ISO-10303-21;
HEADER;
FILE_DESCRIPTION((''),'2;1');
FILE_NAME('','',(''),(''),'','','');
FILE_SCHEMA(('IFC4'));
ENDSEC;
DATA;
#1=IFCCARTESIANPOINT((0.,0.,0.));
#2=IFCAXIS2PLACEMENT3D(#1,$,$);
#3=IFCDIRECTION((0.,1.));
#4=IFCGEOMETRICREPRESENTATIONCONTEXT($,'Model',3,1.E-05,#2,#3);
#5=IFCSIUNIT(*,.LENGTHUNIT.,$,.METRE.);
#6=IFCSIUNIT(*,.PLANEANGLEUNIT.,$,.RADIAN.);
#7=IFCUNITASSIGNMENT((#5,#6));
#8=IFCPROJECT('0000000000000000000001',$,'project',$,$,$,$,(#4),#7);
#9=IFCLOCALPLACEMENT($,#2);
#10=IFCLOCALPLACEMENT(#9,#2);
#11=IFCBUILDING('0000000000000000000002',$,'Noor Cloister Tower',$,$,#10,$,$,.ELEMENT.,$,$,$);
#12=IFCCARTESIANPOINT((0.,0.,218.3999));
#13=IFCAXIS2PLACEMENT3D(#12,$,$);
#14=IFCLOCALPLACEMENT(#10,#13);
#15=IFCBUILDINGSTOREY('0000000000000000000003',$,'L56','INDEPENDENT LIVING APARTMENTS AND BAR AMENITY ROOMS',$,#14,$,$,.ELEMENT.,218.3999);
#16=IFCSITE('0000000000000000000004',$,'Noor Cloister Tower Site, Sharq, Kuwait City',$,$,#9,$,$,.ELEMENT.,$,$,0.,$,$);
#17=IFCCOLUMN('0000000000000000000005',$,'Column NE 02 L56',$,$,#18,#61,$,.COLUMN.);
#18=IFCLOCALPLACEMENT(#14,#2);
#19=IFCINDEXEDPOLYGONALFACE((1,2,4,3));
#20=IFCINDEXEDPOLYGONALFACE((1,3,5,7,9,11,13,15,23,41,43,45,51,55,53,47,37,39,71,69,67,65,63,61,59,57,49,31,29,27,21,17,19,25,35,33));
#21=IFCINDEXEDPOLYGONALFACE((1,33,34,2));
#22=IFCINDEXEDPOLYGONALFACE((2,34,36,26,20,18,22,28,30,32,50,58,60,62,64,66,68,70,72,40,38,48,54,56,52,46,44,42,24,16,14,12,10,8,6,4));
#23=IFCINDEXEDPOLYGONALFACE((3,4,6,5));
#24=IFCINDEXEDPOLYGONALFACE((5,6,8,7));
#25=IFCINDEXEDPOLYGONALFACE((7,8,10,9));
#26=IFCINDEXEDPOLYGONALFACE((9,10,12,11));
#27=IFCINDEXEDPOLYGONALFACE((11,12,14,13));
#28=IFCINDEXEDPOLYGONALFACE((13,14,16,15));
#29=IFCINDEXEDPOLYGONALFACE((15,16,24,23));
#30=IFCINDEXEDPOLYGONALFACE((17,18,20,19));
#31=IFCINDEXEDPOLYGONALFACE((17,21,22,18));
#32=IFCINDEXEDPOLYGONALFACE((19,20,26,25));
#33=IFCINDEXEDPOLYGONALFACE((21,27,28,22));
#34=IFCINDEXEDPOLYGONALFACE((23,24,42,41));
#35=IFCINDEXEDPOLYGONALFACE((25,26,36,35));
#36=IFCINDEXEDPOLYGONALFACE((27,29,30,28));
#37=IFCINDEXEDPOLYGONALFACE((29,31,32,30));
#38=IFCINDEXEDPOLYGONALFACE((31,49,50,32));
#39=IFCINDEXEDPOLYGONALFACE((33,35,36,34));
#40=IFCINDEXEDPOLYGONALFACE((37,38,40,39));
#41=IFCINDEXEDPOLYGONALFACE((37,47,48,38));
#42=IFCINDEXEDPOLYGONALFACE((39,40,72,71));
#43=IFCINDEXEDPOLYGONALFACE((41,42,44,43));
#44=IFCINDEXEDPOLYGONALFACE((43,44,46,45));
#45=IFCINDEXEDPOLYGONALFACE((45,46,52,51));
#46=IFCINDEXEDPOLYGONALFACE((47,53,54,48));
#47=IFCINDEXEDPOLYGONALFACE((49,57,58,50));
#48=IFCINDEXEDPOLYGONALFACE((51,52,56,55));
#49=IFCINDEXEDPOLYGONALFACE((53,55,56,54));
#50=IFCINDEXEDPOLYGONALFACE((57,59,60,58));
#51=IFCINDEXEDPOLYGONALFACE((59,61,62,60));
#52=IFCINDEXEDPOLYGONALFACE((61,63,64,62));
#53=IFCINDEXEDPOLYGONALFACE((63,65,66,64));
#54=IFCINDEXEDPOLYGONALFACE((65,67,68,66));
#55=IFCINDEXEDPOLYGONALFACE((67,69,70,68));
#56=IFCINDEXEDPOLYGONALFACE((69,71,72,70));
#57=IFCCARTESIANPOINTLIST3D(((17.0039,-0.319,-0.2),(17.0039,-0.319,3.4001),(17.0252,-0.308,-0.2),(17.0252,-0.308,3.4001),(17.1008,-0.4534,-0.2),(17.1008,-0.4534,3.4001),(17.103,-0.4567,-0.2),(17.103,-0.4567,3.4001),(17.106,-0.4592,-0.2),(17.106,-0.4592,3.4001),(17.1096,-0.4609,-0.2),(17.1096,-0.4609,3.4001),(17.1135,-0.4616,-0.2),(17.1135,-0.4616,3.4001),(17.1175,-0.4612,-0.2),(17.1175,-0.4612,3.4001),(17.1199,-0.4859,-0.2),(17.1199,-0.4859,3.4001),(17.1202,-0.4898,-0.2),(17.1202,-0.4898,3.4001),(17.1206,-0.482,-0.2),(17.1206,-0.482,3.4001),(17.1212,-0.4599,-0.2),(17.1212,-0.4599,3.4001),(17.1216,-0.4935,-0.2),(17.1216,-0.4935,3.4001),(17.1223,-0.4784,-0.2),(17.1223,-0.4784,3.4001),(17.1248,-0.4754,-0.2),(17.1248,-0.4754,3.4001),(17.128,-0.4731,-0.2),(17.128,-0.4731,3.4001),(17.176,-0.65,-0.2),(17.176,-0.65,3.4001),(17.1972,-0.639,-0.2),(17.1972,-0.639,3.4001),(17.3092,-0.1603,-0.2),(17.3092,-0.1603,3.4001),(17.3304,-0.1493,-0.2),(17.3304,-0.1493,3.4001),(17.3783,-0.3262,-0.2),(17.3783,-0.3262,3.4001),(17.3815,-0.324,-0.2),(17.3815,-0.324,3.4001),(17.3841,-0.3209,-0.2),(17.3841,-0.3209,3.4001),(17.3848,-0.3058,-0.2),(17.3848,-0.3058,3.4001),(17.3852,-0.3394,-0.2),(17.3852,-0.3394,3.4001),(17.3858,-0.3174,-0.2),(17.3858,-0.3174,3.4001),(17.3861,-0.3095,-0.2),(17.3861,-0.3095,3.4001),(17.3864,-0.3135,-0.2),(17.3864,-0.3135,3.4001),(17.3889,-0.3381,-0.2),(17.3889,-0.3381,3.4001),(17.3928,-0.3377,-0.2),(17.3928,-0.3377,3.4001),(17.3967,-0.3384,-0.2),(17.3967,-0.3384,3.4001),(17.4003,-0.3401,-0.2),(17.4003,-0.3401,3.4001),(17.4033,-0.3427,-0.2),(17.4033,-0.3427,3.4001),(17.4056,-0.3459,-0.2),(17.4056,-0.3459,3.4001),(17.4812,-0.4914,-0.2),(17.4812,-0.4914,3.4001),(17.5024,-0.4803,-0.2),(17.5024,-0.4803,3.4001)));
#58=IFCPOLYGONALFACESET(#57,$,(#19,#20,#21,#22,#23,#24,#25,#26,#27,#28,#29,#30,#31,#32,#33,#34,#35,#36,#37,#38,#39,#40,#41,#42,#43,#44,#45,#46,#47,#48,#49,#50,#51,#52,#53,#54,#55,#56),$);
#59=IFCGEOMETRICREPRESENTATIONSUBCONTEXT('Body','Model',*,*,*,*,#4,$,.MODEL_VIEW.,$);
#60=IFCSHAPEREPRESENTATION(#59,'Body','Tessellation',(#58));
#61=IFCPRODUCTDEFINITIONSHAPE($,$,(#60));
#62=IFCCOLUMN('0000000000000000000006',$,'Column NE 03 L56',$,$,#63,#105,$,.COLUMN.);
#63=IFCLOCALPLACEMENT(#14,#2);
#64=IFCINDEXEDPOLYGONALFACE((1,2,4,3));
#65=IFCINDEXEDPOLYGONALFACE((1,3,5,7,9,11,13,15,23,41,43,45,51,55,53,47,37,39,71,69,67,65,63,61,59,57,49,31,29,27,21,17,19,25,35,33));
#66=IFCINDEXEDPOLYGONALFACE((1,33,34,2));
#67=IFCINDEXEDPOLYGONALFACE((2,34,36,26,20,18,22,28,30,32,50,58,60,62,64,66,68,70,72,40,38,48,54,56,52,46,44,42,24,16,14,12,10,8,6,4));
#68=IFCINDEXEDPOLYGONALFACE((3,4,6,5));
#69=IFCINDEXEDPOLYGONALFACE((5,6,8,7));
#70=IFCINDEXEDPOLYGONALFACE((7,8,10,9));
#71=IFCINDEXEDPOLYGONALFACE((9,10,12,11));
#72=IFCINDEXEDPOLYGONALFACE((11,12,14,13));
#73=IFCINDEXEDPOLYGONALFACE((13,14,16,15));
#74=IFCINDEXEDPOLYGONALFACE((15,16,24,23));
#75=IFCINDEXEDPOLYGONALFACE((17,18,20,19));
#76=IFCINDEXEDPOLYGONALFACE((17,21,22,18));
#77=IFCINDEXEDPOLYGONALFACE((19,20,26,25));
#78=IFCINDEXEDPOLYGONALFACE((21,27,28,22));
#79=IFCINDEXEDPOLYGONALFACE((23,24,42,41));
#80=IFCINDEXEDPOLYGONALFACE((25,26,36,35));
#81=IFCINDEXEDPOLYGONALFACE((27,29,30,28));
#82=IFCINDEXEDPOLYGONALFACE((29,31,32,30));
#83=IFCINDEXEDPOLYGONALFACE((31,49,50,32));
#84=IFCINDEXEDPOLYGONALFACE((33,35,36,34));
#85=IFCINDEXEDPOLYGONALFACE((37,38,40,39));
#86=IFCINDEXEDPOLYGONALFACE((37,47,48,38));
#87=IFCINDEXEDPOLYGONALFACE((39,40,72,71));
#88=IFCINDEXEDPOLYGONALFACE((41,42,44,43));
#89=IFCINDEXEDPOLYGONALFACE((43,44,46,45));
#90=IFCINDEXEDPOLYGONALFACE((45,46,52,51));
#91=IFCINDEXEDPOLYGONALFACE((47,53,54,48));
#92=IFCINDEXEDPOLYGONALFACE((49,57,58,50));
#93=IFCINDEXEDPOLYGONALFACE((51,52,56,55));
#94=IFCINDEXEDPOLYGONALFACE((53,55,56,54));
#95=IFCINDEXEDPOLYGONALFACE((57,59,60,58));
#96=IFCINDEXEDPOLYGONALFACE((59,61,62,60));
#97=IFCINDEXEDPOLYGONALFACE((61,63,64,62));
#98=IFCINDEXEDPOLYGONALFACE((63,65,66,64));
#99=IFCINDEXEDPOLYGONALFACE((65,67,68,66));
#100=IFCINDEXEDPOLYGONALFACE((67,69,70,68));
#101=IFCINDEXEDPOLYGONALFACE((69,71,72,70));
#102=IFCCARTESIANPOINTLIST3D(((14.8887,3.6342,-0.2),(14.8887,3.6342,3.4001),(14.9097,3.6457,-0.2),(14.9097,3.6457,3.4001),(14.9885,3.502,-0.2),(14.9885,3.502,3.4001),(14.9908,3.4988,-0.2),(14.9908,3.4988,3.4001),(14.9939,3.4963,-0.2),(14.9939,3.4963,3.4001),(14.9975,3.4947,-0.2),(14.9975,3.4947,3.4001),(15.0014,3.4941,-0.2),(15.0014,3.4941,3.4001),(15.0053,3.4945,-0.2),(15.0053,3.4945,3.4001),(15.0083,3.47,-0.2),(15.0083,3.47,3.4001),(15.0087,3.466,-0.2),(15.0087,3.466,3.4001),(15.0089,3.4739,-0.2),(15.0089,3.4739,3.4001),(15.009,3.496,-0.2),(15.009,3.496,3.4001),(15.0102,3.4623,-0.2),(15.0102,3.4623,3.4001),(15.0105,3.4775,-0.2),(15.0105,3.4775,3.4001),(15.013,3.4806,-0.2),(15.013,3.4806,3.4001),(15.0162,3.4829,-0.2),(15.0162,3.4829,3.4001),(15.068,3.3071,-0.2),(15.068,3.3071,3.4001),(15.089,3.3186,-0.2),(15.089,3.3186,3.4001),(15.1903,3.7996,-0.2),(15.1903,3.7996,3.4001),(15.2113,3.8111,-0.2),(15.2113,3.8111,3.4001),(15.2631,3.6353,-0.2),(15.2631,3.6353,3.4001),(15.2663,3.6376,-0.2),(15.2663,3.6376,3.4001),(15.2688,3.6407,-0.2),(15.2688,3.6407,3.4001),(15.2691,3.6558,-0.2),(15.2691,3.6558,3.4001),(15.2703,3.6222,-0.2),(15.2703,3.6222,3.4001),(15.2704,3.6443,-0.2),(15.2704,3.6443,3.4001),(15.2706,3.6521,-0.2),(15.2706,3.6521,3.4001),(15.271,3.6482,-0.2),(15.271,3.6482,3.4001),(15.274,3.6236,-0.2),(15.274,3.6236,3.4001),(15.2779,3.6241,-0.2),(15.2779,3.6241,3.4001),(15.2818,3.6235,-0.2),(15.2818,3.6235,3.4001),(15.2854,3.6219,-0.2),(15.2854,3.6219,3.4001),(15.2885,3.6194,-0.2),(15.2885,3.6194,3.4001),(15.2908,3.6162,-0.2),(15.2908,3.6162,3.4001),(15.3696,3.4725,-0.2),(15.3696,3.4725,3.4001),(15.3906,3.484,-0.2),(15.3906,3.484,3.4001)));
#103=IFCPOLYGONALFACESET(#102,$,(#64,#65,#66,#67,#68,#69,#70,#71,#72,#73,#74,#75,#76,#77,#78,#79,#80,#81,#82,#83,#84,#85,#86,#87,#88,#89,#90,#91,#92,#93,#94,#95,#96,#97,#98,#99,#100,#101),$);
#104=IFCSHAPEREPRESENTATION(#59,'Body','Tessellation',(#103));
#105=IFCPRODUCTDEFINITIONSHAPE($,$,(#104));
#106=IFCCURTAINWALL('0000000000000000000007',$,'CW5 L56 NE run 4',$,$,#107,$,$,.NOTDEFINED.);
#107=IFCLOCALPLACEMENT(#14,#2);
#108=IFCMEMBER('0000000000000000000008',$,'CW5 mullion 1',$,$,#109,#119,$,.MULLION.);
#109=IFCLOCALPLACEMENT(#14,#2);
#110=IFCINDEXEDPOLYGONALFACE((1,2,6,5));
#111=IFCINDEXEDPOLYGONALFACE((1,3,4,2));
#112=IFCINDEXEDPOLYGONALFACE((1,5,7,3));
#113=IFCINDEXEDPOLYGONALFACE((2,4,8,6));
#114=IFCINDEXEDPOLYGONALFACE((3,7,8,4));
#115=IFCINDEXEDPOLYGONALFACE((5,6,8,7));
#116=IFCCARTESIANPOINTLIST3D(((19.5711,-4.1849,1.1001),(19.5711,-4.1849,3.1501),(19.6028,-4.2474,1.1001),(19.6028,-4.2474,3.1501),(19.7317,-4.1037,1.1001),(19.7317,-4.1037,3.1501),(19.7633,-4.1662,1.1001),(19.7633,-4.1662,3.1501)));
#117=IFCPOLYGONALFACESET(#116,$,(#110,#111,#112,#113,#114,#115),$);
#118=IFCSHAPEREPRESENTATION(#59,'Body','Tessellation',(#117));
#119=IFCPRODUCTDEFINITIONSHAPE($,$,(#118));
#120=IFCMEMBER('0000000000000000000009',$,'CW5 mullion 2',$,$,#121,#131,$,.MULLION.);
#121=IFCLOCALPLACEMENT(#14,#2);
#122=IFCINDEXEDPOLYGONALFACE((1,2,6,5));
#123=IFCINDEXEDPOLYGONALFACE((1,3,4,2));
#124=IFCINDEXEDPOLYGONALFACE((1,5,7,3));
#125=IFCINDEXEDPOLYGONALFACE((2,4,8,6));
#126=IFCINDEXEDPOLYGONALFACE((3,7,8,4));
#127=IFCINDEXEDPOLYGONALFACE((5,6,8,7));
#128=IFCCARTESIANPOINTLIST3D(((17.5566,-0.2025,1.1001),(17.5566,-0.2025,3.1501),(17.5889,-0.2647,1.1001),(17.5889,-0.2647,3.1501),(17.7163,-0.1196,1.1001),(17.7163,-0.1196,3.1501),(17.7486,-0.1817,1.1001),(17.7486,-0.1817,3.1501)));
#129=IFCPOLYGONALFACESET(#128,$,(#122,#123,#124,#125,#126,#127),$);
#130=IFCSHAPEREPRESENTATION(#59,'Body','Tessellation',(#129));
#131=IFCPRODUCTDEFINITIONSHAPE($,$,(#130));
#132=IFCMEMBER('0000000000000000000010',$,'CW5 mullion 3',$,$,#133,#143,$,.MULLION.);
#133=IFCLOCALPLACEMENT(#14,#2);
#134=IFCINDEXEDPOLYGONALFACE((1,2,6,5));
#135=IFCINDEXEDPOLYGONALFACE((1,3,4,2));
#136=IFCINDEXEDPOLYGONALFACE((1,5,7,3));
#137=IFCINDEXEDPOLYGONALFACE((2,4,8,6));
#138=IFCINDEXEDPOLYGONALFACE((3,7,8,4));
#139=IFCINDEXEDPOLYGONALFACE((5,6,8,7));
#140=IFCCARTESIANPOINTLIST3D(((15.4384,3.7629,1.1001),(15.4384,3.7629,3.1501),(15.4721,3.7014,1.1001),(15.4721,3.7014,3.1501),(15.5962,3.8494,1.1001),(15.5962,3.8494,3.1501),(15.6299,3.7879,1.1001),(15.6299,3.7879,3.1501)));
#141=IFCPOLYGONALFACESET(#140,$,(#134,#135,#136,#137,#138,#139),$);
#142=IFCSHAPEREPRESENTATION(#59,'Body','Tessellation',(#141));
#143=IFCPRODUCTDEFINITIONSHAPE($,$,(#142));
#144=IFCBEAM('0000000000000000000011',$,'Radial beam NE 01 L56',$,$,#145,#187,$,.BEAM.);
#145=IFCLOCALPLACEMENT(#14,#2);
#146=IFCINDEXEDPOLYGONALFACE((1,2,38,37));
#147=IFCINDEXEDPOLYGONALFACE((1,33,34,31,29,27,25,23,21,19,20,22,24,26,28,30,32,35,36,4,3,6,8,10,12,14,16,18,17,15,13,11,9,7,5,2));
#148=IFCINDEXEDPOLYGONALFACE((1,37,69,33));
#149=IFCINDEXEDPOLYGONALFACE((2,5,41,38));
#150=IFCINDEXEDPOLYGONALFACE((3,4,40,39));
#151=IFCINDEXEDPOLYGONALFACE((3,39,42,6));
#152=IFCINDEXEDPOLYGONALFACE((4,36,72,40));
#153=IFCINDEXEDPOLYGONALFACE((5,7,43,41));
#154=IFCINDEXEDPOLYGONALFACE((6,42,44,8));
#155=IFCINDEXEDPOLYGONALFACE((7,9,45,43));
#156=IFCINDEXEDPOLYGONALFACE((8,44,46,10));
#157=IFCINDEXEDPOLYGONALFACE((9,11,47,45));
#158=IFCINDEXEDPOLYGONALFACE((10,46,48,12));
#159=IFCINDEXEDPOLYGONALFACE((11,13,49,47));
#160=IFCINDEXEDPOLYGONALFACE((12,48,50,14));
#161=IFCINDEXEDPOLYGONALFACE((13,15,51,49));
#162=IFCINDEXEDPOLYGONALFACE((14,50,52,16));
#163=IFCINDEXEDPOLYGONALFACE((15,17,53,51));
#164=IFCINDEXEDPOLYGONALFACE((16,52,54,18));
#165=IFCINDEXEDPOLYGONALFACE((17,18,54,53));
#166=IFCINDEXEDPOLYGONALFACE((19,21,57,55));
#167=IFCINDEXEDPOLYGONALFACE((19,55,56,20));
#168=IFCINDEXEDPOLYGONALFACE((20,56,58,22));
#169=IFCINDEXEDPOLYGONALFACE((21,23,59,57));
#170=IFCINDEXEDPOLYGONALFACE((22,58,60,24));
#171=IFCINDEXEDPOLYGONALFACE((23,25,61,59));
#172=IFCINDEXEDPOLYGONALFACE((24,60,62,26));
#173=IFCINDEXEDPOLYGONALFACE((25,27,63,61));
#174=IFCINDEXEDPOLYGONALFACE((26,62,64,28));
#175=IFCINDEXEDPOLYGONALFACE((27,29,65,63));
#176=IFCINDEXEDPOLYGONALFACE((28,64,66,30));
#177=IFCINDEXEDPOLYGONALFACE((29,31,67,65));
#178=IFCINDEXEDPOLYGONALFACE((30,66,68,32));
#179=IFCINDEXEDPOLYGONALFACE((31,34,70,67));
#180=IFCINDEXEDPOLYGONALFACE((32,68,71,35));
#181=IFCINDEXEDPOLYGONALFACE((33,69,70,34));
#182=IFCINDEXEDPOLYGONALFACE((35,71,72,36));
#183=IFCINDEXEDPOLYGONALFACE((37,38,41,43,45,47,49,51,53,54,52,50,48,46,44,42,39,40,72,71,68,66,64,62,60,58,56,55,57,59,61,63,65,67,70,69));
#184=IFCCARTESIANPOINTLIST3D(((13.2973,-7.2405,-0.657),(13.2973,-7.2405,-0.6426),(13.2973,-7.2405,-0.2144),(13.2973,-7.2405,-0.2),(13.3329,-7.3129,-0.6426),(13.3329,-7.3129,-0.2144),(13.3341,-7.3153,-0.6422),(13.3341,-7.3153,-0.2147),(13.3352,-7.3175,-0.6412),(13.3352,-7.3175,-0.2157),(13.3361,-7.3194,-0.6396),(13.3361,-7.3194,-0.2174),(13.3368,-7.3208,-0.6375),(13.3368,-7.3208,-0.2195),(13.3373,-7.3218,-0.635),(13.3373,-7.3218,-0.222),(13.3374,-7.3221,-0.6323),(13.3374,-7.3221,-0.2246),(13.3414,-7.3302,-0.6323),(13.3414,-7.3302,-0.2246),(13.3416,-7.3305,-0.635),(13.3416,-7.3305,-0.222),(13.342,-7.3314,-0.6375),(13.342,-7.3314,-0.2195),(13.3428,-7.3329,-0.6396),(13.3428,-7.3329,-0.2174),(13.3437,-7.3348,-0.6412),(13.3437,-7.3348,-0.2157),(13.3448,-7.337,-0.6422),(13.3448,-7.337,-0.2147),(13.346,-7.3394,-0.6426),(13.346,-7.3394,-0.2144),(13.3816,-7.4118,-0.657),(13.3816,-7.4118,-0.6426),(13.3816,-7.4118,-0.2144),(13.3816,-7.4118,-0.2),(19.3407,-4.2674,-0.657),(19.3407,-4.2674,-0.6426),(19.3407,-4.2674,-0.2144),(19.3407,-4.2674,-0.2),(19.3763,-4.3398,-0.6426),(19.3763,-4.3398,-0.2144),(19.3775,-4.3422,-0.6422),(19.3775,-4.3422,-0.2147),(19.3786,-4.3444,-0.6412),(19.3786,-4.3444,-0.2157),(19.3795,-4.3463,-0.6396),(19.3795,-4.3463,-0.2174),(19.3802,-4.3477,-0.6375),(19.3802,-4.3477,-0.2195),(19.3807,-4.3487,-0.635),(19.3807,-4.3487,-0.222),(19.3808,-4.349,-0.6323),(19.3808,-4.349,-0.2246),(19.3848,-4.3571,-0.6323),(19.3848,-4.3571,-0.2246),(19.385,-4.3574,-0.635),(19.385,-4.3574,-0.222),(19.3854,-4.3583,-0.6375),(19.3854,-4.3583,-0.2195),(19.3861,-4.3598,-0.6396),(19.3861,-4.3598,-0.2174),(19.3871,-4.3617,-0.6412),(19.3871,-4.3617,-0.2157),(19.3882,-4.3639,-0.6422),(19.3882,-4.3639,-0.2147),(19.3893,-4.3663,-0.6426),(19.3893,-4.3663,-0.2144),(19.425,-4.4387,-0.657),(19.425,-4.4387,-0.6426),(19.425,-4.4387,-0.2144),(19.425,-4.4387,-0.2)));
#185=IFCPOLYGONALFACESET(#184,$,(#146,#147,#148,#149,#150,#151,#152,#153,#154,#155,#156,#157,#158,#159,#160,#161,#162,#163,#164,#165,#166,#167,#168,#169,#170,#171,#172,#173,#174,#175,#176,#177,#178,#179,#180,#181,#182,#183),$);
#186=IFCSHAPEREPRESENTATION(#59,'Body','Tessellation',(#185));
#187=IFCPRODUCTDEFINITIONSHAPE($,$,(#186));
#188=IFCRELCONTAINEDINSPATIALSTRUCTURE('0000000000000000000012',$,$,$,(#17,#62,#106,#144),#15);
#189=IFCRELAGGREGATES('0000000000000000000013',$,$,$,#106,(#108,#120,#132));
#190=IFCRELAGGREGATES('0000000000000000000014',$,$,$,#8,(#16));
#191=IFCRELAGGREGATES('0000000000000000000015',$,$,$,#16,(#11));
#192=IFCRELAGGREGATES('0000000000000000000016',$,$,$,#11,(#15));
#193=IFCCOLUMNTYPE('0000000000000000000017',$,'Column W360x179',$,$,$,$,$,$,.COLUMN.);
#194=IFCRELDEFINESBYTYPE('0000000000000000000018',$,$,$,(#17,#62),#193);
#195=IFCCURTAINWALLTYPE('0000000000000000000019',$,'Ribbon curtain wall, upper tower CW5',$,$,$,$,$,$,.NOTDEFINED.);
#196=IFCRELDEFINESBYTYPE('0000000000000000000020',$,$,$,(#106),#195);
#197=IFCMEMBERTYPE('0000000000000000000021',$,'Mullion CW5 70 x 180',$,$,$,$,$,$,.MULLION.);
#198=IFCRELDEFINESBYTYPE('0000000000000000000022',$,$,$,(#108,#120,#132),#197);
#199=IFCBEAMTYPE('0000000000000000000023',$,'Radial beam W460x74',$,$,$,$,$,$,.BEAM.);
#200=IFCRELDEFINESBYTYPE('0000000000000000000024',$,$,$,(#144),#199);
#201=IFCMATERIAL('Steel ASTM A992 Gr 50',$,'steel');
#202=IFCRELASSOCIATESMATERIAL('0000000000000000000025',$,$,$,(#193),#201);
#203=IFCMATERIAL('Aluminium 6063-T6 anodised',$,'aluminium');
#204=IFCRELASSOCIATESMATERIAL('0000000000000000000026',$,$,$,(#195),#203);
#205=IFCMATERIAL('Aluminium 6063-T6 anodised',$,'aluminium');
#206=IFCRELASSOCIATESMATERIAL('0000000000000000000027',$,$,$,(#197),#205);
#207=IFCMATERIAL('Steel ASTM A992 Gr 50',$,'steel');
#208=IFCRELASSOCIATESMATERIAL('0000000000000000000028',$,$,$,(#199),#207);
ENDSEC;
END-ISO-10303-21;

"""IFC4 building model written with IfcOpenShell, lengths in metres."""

from ifc_helpers import new_model, si_unit, direction, frame, origin, origin_2d, place, context, subcontext, project, spatial, rectangle, i_section, extrude, material, material_profile, profile_set, type_object, element, aggregate, save


model = new_model("IFC4")

# Units and contexts
model_context = context("Model", 3, precision=1e-05, world=origin(), true_north=direction((0.0, 1.0)))
body_context = subcontext(model_context, "Body", "Model", "MODEL_VIEW")
ifc_project = project(units=[si_unit("LENGTHUNIT", "METRE"), si_unit("PLANEANGLEUNIT", "RADIAN")], contexts=[model_context])

# Site, building, storey
site_placement = place(None, origin())
site = spatial("IfcSite", under=ifc_project, at=site_placement, Name="Noor Cloister Tower Site, Sharq, Kuwait City", CompositionType="ELEMENT", RefElevation=0.0)
building_placement = place(site_placement, origin())
building = spatial("IfcBuilding", under=site, at=building_placement, Name="Noor Cloister Tower", CompositionType="ELEMENT")
storey_placement = place(building_placement, frame((0.0, 0.0, 218.3999)))
storey = spatial("IfcBuildingStorey", under=building, at=storey_placement, Name="L56", Description="INDEPENDENT LIVING APARTMENTS AND BAR AMENITY ROOMS", CompositionType="ELEMENT", Elevation=218.3999)

# Columns
ifc_material_1 = material(Name="Steel ASTM A992 Gr 50", Category="steel")
ifc_material_profile_1 = material_profile(ifc_material_1, i_section(OverallWidth=0.373, OverallDepth=0.3679, WebThickness=0.0149, FlangeThickness=0.0239, FilletRadius=0.0151, at=origin_2d()), Name="W360x179")
ifc_profile_set_1 = profile_set([ifc_material_profile_1], Name="Steel ASTM A992 Gr 50")
column_type = type_object("IfcColumnType", Name="Column W360x179", PredefinedType="COLUMN", material=ifc_profile_set_1)
for number, where, z_axis, x_axis, name in (
    (1, (17.2532, -0.3997, -0.2), (0.0, 0.0, 1.0), (-0.461186, 0.887303, 0.0), "Column NE 02 L56"),
    (2, (15.1396, 3.5591, -0.2), (0.0, 0.0, 1.0), (-0.480711, 0.876879, 0.0), "Column NE 03 L56"),
):
    element("IfcColumn", number, at=place(storey_placement, frame(where, z_axis=z_axis, x_axis=x_axis)), inside=storey, type_object=column_type, Name=name, PredefinedType="COLUMN", context=body_context, shape_type="SweptSolid", body=[
        extrude(i_section(OverallWidth=0.373, OverallDepth=0.3679, WebThickness=0.0149, FlangeThickness=0.0239, FilletRadius=0.0151, at=origin_2d()), origin(), (0.0, 0.0, 1.0), 3.6001),
    ])

# Curtain wall, members
ifc_material_2 = material(Name="Aluminium 6063-T6 anodised", Category="aluminium")
curtain_wall_type = type_object("IfcCurtainWallType", Name="Ribbon curtain wall, upper tower CW5", PredefinedType="NOTDEFINED", material=ifc_material_2)
curtain_wall_placement = place(storey_placement, origin())
curtain_wall = element("IfcCurtainWall", 3, at=curtain_wall_placement, inside=storey, type_object=curtain_wall_type, Name="CW5 L56 NE run 4", PredefinedType="NOTDEFINED")
ifc_material_3 = material(Name="Aluminium 6063-T6 anodised", Category="aluminium")
ifc_material_profile_2 = material_profile(ifc_material_3, rectangle(XDim=0.1799, YDim=0.0701, at=origin_2d()), Name="180 x 70 mullion")
ifc_profile_set_2 = profile_set([ifc_material_profile_2], Name="Aluminium 6063-T6 anodised")
member_type = type_object("IfcMemberType", Name="Mullion CW5 70 x 180", PredefinedType="MULLION", material=ifc_profile_set_2)
member_1_placement = place(storey_placement, frame((19.6672, -4.1755, 1.1001), z_axis=(0.0, 0.0, 1.0), x_axis=(-0.892353, -0.451339, 0.0)))
member_1 = element("IfcMember", 4, at=member_1_placement, type_object=member_type, Name="CW5 mullion 1", PredefinedType="MULLION", context=body_context, shape_type="SweptSolid", body=[
    extrude(rectangle(XDim=0.1799, YDim=0.0701, at=origin_2d()), origin(), (0.0, 0.0, 1.0), 2.05),
])
member_2_placement = place(storey_placement, frame((17.6526, -0.1921, 1.1001), z_axis=(0.0, 0.0, 1.0), x_axis=(-0.887303, -0.461186, 0.0)))
member_2 = element("IfcMember", 5, at=member_2_placement, type_object=member_type, Name="CW5 mullion 2", PredefinedType="MULLION", context=body_context, shape_type="SweptSolid", body=[
    extrude(rectangle(XDim=0.1799, YDim=0.0701, at=origin_2d()), origin(), (0.0, 0.0, 1.0), 2.05),
])
member_3_placement = place(storey_placement, frame((15.5342, 3.7754, 1.1001), z_axis=(0.0, 0.0, 1.0), x_axis=(-0.876879, -0.480711, 0.0)))
member_3 = element("IfcMember", 6, at=member_3_placement, type_object=member_type, Name="CW5 mullion 3", PredefinedType="MULLION", context=body_context, shape_type="SweptSolid", body=[
    extrude(rectangle(XDim=0.1799, YDim=0.0701, at=origin_2d()), origin(), (0.0, 0.0, 1.0), 2.05),
])

# Beam
ifc_material_4 = material(Name="Steel ASTM A992 Gr 50", Category="steel")
ifc_material_profile_3 = material_profile(ifc_material_4, i_section(OverallWidth=0.1909, OverallDepth=0.457, WebThickness=0.009, FlangeThickness=0.0144, FilletRadius=0.0103, at=origin_2d()), Name="W460x74")
ifc_profile_set_3 = profile_set([ifc_material_profile_3], Name="Steel ASTM A992 Gr 50")
beam_type_1 = type_object("IfcBeamType", Name="Radial beam W460x74", PredefinedType="BEAM", material=ifc_profile_set_3)
beam_1_placement = place(storey_placement, frame((19.3828, -4.353, -0.4285), z_axis=(-0.897294, -0.441434, 0.0), x_axis=(0.441434, -0.897294, 0.0)))
element("IfcBeam", 7, at=beam_1_placement, inside=storey, type_object=beam_type_1, Name="Radial beam NE 01 L56", PredefinedType="BEAM", context=body_context, shape_type="SweptSolid", body=[
    extrude(i_section(OverallWidth=0.1909, OverallDepth=0.457, WebThickness=0.009, FlangeThickness=0.0144, FilletRadius=0.0103, at=origin_2d()), origin(), (0.0, 0.0, 1.0), 6.7351),
])

aggregate(curtain_wall, [member_1, member_2, member_3])

save(model, "model.ifc")
